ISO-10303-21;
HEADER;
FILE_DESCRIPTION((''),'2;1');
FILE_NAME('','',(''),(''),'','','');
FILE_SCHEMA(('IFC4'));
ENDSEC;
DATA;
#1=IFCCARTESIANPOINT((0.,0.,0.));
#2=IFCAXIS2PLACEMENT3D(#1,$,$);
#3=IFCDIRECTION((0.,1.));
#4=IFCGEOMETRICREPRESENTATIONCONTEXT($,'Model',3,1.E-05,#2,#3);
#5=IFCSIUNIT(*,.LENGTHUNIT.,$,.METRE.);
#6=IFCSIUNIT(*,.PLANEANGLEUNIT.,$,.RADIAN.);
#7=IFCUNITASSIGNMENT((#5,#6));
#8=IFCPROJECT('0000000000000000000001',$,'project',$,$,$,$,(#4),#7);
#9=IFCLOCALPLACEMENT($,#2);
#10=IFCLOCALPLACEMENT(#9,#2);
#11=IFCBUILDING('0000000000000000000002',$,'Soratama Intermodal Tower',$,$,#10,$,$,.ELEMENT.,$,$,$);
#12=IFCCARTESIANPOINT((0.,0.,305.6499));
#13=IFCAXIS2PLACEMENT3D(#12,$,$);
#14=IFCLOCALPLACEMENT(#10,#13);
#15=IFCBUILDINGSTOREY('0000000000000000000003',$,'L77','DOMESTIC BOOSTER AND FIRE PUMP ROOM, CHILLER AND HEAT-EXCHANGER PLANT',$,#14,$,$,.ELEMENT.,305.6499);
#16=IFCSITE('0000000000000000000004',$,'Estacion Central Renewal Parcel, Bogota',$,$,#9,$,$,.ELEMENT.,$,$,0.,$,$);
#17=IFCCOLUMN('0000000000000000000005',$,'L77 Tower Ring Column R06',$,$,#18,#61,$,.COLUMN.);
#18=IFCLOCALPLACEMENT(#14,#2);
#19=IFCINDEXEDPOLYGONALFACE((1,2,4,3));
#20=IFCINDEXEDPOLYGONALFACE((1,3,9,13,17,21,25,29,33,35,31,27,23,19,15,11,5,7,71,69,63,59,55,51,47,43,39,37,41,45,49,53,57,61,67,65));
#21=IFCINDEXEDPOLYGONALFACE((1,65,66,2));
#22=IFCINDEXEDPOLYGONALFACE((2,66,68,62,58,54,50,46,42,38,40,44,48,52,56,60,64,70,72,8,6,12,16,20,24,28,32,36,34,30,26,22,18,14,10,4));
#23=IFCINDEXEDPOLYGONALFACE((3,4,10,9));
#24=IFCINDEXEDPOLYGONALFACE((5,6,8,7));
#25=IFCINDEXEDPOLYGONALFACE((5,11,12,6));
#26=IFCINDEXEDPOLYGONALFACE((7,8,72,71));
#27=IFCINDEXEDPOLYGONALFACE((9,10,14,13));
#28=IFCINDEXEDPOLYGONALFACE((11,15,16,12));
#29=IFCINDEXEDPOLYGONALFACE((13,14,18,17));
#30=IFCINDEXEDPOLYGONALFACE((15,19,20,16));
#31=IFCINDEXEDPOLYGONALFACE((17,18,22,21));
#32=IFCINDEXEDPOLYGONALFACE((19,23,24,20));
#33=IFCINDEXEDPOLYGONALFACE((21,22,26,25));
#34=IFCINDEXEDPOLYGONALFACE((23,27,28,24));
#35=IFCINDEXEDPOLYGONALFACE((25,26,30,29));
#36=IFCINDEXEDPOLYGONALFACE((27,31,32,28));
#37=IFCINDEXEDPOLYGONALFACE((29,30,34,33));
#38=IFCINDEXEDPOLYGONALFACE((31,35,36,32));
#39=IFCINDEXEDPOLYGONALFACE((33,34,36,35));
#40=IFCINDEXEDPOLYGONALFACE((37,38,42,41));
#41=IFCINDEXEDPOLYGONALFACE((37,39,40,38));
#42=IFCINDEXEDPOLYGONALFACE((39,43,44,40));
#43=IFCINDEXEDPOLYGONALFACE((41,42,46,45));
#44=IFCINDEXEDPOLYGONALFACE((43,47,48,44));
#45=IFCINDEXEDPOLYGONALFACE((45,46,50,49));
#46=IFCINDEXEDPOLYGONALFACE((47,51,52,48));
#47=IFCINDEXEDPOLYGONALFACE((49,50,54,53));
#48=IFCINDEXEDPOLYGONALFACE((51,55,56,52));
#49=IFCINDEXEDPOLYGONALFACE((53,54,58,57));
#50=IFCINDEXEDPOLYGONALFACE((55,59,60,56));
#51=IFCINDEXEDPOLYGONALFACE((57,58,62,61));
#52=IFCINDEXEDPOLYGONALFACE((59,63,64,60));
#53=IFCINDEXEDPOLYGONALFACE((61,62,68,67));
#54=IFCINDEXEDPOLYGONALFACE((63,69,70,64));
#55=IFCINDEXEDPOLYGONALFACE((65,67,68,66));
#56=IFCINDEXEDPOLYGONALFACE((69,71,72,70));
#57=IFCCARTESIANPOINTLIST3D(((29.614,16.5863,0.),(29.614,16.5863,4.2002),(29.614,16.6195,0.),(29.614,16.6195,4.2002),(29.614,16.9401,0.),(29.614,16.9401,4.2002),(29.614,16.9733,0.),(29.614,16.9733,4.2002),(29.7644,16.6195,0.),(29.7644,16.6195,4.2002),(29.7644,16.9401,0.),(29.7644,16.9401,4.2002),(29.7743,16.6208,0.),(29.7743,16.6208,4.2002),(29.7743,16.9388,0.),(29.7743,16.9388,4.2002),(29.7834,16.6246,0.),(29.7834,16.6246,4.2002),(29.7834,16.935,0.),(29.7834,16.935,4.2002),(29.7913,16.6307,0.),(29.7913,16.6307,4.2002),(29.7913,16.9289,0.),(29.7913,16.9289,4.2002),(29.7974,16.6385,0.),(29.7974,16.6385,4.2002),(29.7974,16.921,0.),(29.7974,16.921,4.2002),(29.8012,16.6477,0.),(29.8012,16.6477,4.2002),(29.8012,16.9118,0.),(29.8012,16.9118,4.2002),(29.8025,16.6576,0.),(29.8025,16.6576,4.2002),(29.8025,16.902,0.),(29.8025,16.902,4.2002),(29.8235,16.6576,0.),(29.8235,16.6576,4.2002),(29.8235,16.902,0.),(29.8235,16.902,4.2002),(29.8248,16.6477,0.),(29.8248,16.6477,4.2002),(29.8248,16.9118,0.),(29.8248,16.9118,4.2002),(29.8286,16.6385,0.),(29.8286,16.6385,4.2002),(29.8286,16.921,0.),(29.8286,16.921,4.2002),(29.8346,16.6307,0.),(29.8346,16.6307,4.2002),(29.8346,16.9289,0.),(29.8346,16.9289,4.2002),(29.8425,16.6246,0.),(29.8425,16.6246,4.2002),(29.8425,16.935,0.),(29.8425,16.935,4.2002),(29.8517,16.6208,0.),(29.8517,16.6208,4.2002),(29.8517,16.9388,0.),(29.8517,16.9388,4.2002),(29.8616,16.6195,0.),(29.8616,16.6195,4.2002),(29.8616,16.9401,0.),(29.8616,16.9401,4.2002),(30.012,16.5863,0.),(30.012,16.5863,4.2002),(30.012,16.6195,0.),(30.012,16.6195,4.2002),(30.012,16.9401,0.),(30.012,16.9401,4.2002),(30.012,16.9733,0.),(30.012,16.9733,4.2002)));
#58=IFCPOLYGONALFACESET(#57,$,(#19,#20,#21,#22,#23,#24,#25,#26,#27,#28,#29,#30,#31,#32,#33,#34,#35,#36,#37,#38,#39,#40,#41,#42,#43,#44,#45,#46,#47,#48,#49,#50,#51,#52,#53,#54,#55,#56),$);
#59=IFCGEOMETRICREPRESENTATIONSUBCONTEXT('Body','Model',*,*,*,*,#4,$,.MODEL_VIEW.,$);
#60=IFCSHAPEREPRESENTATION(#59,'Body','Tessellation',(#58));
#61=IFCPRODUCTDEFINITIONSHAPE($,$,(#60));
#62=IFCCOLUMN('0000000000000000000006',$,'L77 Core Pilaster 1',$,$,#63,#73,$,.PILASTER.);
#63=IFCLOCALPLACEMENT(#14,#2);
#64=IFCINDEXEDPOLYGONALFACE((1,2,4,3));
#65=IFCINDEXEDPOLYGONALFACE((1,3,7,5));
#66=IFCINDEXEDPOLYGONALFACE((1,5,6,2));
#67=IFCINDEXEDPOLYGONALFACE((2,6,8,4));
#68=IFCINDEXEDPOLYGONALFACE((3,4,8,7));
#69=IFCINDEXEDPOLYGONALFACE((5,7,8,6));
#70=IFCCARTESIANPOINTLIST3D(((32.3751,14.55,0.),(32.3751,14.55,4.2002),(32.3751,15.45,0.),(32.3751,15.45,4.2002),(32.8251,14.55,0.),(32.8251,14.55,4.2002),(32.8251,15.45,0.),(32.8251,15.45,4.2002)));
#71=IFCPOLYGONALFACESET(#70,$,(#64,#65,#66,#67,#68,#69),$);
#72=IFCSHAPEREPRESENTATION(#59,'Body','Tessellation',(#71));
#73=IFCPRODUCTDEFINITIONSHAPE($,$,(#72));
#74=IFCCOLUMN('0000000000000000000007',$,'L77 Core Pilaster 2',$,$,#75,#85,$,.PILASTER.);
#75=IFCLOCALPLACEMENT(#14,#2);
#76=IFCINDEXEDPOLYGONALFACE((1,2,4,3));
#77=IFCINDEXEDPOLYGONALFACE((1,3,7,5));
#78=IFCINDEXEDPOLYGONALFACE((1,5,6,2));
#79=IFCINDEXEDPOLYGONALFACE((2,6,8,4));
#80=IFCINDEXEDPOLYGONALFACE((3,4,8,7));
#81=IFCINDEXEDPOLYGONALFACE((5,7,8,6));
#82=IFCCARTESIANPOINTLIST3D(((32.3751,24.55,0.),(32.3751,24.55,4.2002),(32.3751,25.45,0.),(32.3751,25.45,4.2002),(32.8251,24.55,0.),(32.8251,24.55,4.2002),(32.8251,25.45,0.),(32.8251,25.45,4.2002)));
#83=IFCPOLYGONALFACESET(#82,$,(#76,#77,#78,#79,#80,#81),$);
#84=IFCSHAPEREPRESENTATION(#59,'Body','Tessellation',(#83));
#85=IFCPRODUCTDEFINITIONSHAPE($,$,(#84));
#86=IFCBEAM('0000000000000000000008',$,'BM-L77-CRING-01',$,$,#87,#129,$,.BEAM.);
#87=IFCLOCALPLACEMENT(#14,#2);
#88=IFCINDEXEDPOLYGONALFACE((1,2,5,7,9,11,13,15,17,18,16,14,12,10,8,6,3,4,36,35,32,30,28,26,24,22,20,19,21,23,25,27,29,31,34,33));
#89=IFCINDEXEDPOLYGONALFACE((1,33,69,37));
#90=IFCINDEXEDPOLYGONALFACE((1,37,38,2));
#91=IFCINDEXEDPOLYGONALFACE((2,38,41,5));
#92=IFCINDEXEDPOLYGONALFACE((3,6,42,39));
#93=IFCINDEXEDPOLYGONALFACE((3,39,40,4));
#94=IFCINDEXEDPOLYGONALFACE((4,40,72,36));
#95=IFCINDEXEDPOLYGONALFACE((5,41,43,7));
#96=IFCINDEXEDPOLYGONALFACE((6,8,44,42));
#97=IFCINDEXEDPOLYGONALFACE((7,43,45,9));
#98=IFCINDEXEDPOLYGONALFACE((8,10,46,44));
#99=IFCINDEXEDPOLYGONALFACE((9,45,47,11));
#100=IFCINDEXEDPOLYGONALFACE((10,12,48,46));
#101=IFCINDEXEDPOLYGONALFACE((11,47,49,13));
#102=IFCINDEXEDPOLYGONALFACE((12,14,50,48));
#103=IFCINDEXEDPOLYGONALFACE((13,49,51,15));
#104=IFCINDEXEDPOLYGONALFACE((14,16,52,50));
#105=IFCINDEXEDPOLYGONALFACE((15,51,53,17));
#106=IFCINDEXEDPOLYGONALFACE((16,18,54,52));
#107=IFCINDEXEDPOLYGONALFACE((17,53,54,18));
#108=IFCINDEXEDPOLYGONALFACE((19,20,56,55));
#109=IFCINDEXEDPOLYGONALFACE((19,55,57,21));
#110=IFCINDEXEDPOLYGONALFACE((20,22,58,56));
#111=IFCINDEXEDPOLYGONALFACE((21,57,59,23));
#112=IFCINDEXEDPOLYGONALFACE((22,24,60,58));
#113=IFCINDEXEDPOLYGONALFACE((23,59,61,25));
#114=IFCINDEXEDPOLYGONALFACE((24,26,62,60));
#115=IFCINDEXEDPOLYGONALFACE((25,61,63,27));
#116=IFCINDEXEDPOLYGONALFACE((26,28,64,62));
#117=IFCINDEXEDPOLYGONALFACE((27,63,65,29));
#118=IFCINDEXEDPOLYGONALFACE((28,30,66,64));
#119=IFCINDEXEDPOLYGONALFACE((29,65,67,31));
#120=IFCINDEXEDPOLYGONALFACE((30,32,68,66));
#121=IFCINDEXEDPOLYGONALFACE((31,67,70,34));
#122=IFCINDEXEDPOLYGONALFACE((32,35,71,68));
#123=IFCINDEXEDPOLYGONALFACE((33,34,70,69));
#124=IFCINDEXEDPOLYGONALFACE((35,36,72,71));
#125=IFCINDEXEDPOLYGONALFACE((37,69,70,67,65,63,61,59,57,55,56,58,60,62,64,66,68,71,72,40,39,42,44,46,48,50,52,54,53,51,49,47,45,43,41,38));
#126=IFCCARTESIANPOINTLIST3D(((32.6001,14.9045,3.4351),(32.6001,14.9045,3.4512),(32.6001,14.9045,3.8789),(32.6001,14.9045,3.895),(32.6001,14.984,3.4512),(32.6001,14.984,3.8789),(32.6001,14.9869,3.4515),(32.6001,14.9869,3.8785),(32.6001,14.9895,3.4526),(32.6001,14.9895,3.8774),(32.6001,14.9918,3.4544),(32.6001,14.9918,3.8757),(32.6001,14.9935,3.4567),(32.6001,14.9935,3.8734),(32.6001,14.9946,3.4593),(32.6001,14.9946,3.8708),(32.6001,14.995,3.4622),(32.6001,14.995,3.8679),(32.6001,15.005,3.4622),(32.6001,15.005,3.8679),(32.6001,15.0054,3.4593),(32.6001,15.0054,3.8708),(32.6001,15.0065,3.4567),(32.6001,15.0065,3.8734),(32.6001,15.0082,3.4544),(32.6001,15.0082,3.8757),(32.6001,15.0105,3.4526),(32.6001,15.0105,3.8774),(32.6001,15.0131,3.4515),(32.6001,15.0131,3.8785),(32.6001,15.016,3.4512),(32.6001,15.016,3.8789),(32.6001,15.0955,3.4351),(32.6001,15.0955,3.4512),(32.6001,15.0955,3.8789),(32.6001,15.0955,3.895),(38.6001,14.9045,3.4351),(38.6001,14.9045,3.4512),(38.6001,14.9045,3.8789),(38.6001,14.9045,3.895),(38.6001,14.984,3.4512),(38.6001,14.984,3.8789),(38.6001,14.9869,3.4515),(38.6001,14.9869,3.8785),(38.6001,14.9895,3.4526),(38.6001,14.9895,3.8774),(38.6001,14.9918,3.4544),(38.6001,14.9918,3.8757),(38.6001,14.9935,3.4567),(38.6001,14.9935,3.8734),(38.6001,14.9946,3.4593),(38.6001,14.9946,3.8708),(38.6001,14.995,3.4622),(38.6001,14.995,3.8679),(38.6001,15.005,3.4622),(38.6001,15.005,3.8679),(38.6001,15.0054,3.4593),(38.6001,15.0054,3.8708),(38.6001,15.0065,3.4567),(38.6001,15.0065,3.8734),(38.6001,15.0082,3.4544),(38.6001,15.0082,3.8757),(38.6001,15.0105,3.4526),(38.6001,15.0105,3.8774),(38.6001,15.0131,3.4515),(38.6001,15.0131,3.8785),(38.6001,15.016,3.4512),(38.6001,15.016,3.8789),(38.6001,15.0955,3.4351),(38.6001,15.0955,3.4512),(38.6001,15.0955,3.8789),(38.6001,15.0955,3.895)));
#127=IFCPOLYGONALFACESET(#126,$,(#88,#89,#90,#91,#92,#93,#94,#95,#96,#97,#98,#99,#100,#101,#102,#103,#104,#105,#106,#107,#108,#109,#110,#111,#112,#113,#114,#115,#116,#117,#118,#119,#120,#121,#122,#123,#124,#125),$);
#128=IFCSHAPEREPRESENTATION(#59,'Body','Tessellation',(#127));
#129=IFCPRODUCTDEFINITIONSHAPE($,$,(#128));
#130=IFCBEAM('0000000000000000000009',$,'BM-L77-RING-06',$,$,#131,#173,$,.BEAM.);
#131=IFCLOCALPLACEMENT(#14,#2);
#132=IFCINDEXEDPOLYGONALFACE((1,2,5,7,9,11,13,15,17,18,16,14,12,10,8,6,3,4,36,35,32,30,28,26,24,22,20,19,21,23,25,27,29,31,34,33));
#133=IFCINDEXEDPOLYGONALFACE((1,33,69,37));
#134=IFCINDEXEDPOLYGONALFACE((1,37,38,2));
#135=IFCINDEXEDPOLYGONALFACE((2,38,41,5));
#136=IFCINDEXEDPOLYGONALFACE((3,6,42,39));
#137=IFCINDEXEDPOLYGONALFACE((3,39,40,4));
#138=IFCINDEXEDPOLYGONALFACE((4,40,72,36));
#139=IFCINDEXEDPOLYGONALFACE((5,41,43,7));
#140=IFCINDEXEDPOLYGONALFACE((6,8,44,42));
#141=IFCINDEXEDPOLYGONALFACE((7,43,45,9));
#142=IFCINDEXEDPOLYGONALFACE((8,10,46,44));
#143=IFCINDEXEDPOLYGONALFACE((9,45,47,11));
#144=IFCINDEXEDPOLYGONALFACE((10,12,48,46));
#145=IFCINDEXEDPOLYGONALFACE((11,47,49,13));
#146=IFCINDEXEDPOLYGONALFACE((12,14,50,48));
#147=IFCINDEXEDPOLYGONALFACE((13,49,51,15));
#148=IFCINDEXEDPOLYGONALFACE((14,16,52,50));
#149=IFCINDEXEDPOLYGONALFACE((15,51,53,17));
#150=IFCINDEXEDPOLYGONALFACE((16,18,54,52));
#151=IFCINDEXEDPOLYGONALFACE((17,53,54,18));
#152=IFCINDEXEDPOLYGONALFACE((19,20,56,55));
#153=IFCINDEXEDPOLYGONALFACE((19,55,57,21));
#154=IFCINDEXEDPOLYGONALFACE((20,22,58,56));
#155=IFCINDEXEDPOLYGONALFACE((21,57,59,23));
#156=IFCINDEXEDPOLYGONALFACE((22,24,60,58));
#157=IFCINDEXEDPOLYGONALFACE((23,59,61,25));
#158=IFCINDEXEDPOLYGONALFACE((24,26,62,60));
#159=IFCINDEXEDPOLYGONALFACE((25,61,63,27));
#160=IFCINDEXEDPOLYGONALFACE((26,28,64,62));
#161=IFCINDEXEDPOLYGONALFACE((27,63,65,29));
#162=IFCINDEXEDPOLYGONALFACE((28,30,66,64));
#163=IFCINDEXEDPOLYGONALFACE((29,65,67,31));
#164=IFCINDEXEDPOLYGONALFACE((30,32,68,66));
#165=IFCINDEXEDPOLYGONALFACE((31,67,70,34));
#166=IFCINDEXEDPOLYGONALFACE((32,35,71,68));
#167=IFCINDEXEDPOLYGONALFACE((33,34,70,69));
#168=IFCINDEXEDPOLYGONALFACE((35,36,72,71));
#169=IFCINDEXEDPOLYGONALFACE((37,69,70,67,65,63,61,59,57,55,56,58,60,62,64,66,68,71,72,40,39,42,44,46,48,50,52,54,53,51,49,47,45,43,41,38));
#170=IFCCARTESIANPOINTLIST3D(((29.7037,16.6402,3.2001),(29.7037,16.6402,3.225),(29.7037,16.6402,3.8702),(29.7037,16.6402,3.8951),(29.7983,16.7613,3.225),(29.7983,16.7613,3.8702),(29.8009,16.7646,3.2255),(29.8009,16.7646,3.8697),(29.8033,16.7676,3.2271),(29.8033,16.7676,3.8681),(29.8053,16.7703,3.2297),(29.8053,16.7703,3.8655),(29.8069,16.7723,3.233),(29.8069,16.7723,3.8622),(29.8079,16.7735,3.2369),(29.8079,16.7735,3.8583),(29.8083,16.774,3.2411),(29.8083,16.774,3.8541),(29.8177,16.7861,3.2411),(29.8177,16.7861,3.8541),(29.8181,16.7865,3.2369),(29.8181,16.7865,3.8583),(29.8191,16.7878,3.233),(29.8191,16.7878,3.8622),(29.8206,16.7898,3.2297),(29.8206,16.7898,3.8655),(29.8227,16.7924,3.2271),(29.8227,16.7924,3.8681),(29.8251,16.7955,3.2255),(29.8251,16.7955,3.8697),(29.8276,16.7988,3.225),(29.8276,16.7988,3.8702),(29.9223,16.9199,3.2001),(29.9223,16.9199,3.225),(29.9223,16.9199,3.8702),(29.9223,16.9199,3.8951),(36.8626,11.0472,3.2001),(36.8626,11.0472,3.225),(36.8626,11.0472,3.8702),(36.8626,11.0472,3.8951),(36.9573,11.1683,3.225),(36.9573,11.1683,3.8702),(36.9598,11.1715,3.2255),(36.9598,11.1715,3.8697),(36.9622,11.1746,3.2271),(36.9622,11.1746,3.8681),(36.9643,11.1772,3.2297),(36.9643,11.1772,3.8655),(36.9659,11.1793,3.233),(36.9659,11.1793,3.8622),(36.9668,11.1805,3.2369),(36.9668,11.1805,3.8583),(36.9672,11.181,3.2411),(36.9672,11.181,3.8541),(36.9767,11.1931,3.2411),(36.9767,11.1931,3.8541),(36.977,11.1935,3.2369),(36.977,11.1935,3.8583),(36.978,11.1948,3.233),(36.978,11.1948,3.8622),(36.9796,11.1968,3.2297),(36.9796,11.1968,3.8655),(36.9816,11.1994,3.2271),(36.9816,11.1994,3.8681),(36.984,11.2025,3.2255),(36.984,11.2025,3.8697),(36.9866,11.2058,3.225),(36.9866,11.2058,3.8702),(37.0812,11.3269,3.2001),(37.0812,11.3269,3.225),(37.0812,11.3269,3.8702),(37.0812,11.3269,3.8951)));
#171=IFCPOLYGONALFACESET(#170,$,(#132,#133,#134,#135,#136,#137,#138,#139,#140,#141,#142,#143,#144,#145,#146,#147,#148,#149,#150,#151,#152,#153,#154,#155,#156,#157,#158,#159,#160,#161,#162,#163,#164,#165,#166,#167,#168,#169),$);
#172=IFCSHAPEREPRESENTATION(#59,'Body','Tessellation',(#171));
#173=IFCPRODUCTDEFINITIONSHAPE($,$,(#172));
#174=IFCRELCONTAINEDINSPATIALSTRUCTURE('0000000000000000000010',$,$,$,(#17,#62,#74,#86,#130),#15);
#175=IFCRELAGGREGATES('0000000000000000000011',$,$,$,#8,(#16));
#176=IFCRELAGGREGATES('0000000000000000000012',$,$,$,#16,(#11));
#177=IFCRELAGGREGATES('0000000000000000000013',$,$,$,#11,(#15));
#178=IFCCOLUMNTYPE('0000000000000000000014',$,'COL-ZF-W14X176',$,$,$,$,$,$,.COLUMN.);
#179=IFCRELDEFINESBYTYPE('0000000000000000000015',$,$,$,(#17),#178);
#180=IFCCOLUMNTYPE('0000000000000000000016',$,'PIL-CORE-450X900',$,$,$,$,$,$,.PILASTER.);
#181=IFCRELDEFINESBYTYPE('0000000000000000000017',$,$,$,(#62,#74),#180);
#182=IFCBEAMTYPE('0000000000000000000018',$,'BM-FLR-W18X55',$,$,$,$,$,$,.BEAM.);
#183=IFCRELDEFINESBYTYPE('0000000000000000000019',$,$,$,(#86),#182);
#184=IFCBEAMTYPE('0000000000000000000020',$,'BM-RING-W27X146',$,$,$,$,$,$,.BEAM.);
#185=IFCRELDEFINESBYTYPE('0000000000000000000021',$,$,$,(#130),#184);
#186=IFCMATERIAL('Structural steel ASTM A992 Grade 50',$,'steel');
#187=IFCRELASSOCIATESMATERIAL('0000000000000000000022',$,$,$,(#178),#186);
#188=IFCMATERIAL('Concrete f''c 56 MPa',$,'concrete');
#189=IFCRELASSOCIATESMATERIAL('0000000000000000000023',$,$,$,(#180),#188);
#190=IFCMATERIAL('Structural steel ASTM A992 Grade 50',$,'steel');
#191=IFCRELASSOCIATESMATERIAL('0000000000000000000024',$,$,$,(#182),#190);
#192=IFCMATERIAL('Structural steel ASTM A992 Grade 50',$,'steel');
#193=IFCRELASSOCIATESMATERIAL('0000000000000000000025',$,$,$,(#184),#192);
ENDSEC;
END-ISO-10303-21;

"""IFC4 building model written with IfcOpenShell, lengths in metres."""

from ifc_helpers import new_model, si_unit, direction, frame, origin, origin_2d, place, context, subcontext, project, spatial, rectangle, i_section, extrude, material, material_profile, profile_set, type_object, element, save


model = new_model("IFC4")

# Units and contexts
model_context = context("Model", 3, precision=1e-05, world=origin(), true_north=direction((0.0, 1.0)))
body_context = subcontext(model_context, "Body", "Model", "MODEL_VIEW")
ifc_project = project(units=[si_unit("LENGTHUNIT", "METRE"), si_unit("PLANEANGLEUNIT", "RADIAN")], contexts=[model_context])

# Site, building, storey
site_placement = place(None, origin())
site = spatial("IfcSite", under=ifc_project, at=site_placement, Name="Estacion Central Renewal Parcel, Bogota", CompositionType="ELEMENT", RefElevation=0.0)
building_placement = place(site_placement, origin())
building = spatial("IfcBuilding", under=site, at=building_placement, Name="Soratama Intermodal Tower", CompositionType="ELEMENT")
storey_placement = place(building_placement, frame((0.0, 0.0, 305.6499)))
storey = spatial("IfcBuildingStorey", under=building, at=storey_placement, Name="L77", Description="DOMESTIC BOOSTER AND FIRE PUMP ROOM, CHILLER AND HEAT-EXCHANGER PLANT", CompositionType="ELEMENT", Elevation=305.6499)

# Columns
ifc_material_1 = material(Name="Structural steel ASTM A992 Grade 50", Category="steel")
ifc_material_profile_1 = material_profile(ifc_material_1, i_section(OverallWidth=0.3979, OverallDepth=0.387, WebThickness=0.021, FlangeThickness=0.0332, FilletRadius=0.0381, at=origin_2d()), Name="W14X176")
ifc_profile_set_1 = profile_set([ifc_material_profile_1], Name="Structural steel ASTM A992 Grade 50")
column_type_1 = type_object("IfcColumnType", Name="COL-ZF-W14X176", PredefinedType="COLUMN", material=ifc_profile_set_1)
column_placement = place(storey_placement, frame((29.813, 16.7798, 0.0), z_axis=(0.0, 0.0, 1.0), x_axis=(1.0, 0.0, 0.0)))
element("IfcColumn", 1, at=column_placement, inside=storey, type_object=column_type_1, Name="L77 Tower Ring Column R06", PredefinedType="COLUMN", context=body_context, shape_type="SweptSolid", body=[
    extrude(i_section(OverallWidth=0.3979, OverallDepth=0.387, WebThickness=0.021, FlangeThickness=0.0332, FilletRadius=0.0381, at=origin_2d()), origin(), (0.0, 0.0, 1.0), 4.2002),
])
ifc_material_2 = material(Name="Concrete f'c 56 MPa", Category="concrete")
ifc_material_profile_2 = material_profile(ifc_material_2, rectangle(XDim=0.45, YDim=0.8999, at=origin_2d()), Name="RC450X900")
ifc_profile_set_2 = profile_set([ifc_material_profile_2], Name="Concrete f'c 56 MPa")
column_type_2 = type_object("IfcColumnType", Name="PIL-CORE-450X900", PredefinedType="PILASTER", material=ifc_profile_set_2)
for number, where, z_axis, x_axis, name in (
    (2, (32.6001, 15.0, 0.0), (0.0, 0.0, 1.0), (1.0, 0.0, 0.0), "L77 Core Pilaster 1"),
    (3, (32.6001, 25.0, 0.0), (0.0, 0.0, 1.0), (1.0, 0.0, 0.0), "L77 Core Pilaster 2"),
):
    element("IfcColumn", number, at=place(storey_placement, frame(where, z_axis=z_axis, x_axis=x_axis)), inside=storey, type_object=column_type_2, Name=name, PredefinedType="PILASTER", context=body_context, shape_type="SweptSolid", body=[
        extrude(rectangle(XDim=0.45, YDim=0.8999, at=origin_2d()), origin(), (0.0, 0.0, 1.0), 4.2002),
    ])

# Beams
ifc_material_3 = material(Name="Structural steel ASTM A992 Grade 50", Category="steel")
ifc_material_profile_3 = material_profile(ifc_material_3, i_section(OverallWidth=0.1909, OverallDepth=0.46, WebThickness=0.01, FlangeThickness=0.0161, FilletRadius=0.011, at=origin_2d()), Name="W18X55")
ifc_profile_set_3 = profile_set([ifc_material_profile_3], Name="Structural steel ASTM A992 Grade 50")
beam_type_1 = type_object("IfcBeamType", Name="BM-FLR-W18X55", PredefinedType="BEAM", material=ifc_profile_set_3)
beam_1_placement = place(storey_placement, frame((32.6001, 15.0, 3.665), z_axis=(1.0, 0.0, 0.0), x_axis=(0.0, 1.0, 0.0)))
element("IfcBeam", 4, at=beam_1_placement, inside=storey, type_object=beam_type_1, Name="BM-L77-CRING-01", PredefinedType="BEAM", context=body_context, shape_type="SweptSolid", body=[
    extrude(i_section(OverallWidth=0.1909, OverallDepth=0.46, WebThickness=0.01, FlangeThickness=0.0161, FilletRadius=0.011, at=origin_2d()), origin(), (0.0, 0.0, 1.0), 6.0),
])
ifc_material_4 = material(Name="Structural steel ASTM A992 Grade 50", Category="steel")
ifc_material_profile_4 = material_profile(ifc_material_4, i_section(OverallWidth=0.355, OverallDepth=0.6951, WebThickness=0.0154, FlangeThickness=0.0249, FilletRadius=0.0161, at=origin_2d()), Name="W27X146")
ifc_profile_set_4 = profile_set([ifc_material_profile_4], Name="Structural steel ASTM A992 Grade 50")
beam_type_2 = type_object("IfcBeamType", Name="BM-RING-W27X146", PredefinedType="BEAM", material=ifc_profile_set_4)
beam_2_placement = place(storey_placement, frame((29.813, 16.78, 3.5476), z_axis=(0.788019, -0.615651, 0.0), x_axis=(0.615651, 0.788019, 0.0)))
element("IfcBeam", 5, at=beam_2_placement, inside=storey, type_object=beam_type_2, Name="BM-L77-RING-06", PredefinedType="BEAM", context=body_context, shape_type="SweptSolid", body=[
    extrude(i_section(OverallWidth=0.355, OverallDepth=0.6951, WebThickness=0.0154, FlangeThickness=0.0249, FilletRadius=0.0161, at=origin_2d()), origin(), (0.0, 0.0, 1.0), 9.0847),
])

save(model, "model.ifc")
